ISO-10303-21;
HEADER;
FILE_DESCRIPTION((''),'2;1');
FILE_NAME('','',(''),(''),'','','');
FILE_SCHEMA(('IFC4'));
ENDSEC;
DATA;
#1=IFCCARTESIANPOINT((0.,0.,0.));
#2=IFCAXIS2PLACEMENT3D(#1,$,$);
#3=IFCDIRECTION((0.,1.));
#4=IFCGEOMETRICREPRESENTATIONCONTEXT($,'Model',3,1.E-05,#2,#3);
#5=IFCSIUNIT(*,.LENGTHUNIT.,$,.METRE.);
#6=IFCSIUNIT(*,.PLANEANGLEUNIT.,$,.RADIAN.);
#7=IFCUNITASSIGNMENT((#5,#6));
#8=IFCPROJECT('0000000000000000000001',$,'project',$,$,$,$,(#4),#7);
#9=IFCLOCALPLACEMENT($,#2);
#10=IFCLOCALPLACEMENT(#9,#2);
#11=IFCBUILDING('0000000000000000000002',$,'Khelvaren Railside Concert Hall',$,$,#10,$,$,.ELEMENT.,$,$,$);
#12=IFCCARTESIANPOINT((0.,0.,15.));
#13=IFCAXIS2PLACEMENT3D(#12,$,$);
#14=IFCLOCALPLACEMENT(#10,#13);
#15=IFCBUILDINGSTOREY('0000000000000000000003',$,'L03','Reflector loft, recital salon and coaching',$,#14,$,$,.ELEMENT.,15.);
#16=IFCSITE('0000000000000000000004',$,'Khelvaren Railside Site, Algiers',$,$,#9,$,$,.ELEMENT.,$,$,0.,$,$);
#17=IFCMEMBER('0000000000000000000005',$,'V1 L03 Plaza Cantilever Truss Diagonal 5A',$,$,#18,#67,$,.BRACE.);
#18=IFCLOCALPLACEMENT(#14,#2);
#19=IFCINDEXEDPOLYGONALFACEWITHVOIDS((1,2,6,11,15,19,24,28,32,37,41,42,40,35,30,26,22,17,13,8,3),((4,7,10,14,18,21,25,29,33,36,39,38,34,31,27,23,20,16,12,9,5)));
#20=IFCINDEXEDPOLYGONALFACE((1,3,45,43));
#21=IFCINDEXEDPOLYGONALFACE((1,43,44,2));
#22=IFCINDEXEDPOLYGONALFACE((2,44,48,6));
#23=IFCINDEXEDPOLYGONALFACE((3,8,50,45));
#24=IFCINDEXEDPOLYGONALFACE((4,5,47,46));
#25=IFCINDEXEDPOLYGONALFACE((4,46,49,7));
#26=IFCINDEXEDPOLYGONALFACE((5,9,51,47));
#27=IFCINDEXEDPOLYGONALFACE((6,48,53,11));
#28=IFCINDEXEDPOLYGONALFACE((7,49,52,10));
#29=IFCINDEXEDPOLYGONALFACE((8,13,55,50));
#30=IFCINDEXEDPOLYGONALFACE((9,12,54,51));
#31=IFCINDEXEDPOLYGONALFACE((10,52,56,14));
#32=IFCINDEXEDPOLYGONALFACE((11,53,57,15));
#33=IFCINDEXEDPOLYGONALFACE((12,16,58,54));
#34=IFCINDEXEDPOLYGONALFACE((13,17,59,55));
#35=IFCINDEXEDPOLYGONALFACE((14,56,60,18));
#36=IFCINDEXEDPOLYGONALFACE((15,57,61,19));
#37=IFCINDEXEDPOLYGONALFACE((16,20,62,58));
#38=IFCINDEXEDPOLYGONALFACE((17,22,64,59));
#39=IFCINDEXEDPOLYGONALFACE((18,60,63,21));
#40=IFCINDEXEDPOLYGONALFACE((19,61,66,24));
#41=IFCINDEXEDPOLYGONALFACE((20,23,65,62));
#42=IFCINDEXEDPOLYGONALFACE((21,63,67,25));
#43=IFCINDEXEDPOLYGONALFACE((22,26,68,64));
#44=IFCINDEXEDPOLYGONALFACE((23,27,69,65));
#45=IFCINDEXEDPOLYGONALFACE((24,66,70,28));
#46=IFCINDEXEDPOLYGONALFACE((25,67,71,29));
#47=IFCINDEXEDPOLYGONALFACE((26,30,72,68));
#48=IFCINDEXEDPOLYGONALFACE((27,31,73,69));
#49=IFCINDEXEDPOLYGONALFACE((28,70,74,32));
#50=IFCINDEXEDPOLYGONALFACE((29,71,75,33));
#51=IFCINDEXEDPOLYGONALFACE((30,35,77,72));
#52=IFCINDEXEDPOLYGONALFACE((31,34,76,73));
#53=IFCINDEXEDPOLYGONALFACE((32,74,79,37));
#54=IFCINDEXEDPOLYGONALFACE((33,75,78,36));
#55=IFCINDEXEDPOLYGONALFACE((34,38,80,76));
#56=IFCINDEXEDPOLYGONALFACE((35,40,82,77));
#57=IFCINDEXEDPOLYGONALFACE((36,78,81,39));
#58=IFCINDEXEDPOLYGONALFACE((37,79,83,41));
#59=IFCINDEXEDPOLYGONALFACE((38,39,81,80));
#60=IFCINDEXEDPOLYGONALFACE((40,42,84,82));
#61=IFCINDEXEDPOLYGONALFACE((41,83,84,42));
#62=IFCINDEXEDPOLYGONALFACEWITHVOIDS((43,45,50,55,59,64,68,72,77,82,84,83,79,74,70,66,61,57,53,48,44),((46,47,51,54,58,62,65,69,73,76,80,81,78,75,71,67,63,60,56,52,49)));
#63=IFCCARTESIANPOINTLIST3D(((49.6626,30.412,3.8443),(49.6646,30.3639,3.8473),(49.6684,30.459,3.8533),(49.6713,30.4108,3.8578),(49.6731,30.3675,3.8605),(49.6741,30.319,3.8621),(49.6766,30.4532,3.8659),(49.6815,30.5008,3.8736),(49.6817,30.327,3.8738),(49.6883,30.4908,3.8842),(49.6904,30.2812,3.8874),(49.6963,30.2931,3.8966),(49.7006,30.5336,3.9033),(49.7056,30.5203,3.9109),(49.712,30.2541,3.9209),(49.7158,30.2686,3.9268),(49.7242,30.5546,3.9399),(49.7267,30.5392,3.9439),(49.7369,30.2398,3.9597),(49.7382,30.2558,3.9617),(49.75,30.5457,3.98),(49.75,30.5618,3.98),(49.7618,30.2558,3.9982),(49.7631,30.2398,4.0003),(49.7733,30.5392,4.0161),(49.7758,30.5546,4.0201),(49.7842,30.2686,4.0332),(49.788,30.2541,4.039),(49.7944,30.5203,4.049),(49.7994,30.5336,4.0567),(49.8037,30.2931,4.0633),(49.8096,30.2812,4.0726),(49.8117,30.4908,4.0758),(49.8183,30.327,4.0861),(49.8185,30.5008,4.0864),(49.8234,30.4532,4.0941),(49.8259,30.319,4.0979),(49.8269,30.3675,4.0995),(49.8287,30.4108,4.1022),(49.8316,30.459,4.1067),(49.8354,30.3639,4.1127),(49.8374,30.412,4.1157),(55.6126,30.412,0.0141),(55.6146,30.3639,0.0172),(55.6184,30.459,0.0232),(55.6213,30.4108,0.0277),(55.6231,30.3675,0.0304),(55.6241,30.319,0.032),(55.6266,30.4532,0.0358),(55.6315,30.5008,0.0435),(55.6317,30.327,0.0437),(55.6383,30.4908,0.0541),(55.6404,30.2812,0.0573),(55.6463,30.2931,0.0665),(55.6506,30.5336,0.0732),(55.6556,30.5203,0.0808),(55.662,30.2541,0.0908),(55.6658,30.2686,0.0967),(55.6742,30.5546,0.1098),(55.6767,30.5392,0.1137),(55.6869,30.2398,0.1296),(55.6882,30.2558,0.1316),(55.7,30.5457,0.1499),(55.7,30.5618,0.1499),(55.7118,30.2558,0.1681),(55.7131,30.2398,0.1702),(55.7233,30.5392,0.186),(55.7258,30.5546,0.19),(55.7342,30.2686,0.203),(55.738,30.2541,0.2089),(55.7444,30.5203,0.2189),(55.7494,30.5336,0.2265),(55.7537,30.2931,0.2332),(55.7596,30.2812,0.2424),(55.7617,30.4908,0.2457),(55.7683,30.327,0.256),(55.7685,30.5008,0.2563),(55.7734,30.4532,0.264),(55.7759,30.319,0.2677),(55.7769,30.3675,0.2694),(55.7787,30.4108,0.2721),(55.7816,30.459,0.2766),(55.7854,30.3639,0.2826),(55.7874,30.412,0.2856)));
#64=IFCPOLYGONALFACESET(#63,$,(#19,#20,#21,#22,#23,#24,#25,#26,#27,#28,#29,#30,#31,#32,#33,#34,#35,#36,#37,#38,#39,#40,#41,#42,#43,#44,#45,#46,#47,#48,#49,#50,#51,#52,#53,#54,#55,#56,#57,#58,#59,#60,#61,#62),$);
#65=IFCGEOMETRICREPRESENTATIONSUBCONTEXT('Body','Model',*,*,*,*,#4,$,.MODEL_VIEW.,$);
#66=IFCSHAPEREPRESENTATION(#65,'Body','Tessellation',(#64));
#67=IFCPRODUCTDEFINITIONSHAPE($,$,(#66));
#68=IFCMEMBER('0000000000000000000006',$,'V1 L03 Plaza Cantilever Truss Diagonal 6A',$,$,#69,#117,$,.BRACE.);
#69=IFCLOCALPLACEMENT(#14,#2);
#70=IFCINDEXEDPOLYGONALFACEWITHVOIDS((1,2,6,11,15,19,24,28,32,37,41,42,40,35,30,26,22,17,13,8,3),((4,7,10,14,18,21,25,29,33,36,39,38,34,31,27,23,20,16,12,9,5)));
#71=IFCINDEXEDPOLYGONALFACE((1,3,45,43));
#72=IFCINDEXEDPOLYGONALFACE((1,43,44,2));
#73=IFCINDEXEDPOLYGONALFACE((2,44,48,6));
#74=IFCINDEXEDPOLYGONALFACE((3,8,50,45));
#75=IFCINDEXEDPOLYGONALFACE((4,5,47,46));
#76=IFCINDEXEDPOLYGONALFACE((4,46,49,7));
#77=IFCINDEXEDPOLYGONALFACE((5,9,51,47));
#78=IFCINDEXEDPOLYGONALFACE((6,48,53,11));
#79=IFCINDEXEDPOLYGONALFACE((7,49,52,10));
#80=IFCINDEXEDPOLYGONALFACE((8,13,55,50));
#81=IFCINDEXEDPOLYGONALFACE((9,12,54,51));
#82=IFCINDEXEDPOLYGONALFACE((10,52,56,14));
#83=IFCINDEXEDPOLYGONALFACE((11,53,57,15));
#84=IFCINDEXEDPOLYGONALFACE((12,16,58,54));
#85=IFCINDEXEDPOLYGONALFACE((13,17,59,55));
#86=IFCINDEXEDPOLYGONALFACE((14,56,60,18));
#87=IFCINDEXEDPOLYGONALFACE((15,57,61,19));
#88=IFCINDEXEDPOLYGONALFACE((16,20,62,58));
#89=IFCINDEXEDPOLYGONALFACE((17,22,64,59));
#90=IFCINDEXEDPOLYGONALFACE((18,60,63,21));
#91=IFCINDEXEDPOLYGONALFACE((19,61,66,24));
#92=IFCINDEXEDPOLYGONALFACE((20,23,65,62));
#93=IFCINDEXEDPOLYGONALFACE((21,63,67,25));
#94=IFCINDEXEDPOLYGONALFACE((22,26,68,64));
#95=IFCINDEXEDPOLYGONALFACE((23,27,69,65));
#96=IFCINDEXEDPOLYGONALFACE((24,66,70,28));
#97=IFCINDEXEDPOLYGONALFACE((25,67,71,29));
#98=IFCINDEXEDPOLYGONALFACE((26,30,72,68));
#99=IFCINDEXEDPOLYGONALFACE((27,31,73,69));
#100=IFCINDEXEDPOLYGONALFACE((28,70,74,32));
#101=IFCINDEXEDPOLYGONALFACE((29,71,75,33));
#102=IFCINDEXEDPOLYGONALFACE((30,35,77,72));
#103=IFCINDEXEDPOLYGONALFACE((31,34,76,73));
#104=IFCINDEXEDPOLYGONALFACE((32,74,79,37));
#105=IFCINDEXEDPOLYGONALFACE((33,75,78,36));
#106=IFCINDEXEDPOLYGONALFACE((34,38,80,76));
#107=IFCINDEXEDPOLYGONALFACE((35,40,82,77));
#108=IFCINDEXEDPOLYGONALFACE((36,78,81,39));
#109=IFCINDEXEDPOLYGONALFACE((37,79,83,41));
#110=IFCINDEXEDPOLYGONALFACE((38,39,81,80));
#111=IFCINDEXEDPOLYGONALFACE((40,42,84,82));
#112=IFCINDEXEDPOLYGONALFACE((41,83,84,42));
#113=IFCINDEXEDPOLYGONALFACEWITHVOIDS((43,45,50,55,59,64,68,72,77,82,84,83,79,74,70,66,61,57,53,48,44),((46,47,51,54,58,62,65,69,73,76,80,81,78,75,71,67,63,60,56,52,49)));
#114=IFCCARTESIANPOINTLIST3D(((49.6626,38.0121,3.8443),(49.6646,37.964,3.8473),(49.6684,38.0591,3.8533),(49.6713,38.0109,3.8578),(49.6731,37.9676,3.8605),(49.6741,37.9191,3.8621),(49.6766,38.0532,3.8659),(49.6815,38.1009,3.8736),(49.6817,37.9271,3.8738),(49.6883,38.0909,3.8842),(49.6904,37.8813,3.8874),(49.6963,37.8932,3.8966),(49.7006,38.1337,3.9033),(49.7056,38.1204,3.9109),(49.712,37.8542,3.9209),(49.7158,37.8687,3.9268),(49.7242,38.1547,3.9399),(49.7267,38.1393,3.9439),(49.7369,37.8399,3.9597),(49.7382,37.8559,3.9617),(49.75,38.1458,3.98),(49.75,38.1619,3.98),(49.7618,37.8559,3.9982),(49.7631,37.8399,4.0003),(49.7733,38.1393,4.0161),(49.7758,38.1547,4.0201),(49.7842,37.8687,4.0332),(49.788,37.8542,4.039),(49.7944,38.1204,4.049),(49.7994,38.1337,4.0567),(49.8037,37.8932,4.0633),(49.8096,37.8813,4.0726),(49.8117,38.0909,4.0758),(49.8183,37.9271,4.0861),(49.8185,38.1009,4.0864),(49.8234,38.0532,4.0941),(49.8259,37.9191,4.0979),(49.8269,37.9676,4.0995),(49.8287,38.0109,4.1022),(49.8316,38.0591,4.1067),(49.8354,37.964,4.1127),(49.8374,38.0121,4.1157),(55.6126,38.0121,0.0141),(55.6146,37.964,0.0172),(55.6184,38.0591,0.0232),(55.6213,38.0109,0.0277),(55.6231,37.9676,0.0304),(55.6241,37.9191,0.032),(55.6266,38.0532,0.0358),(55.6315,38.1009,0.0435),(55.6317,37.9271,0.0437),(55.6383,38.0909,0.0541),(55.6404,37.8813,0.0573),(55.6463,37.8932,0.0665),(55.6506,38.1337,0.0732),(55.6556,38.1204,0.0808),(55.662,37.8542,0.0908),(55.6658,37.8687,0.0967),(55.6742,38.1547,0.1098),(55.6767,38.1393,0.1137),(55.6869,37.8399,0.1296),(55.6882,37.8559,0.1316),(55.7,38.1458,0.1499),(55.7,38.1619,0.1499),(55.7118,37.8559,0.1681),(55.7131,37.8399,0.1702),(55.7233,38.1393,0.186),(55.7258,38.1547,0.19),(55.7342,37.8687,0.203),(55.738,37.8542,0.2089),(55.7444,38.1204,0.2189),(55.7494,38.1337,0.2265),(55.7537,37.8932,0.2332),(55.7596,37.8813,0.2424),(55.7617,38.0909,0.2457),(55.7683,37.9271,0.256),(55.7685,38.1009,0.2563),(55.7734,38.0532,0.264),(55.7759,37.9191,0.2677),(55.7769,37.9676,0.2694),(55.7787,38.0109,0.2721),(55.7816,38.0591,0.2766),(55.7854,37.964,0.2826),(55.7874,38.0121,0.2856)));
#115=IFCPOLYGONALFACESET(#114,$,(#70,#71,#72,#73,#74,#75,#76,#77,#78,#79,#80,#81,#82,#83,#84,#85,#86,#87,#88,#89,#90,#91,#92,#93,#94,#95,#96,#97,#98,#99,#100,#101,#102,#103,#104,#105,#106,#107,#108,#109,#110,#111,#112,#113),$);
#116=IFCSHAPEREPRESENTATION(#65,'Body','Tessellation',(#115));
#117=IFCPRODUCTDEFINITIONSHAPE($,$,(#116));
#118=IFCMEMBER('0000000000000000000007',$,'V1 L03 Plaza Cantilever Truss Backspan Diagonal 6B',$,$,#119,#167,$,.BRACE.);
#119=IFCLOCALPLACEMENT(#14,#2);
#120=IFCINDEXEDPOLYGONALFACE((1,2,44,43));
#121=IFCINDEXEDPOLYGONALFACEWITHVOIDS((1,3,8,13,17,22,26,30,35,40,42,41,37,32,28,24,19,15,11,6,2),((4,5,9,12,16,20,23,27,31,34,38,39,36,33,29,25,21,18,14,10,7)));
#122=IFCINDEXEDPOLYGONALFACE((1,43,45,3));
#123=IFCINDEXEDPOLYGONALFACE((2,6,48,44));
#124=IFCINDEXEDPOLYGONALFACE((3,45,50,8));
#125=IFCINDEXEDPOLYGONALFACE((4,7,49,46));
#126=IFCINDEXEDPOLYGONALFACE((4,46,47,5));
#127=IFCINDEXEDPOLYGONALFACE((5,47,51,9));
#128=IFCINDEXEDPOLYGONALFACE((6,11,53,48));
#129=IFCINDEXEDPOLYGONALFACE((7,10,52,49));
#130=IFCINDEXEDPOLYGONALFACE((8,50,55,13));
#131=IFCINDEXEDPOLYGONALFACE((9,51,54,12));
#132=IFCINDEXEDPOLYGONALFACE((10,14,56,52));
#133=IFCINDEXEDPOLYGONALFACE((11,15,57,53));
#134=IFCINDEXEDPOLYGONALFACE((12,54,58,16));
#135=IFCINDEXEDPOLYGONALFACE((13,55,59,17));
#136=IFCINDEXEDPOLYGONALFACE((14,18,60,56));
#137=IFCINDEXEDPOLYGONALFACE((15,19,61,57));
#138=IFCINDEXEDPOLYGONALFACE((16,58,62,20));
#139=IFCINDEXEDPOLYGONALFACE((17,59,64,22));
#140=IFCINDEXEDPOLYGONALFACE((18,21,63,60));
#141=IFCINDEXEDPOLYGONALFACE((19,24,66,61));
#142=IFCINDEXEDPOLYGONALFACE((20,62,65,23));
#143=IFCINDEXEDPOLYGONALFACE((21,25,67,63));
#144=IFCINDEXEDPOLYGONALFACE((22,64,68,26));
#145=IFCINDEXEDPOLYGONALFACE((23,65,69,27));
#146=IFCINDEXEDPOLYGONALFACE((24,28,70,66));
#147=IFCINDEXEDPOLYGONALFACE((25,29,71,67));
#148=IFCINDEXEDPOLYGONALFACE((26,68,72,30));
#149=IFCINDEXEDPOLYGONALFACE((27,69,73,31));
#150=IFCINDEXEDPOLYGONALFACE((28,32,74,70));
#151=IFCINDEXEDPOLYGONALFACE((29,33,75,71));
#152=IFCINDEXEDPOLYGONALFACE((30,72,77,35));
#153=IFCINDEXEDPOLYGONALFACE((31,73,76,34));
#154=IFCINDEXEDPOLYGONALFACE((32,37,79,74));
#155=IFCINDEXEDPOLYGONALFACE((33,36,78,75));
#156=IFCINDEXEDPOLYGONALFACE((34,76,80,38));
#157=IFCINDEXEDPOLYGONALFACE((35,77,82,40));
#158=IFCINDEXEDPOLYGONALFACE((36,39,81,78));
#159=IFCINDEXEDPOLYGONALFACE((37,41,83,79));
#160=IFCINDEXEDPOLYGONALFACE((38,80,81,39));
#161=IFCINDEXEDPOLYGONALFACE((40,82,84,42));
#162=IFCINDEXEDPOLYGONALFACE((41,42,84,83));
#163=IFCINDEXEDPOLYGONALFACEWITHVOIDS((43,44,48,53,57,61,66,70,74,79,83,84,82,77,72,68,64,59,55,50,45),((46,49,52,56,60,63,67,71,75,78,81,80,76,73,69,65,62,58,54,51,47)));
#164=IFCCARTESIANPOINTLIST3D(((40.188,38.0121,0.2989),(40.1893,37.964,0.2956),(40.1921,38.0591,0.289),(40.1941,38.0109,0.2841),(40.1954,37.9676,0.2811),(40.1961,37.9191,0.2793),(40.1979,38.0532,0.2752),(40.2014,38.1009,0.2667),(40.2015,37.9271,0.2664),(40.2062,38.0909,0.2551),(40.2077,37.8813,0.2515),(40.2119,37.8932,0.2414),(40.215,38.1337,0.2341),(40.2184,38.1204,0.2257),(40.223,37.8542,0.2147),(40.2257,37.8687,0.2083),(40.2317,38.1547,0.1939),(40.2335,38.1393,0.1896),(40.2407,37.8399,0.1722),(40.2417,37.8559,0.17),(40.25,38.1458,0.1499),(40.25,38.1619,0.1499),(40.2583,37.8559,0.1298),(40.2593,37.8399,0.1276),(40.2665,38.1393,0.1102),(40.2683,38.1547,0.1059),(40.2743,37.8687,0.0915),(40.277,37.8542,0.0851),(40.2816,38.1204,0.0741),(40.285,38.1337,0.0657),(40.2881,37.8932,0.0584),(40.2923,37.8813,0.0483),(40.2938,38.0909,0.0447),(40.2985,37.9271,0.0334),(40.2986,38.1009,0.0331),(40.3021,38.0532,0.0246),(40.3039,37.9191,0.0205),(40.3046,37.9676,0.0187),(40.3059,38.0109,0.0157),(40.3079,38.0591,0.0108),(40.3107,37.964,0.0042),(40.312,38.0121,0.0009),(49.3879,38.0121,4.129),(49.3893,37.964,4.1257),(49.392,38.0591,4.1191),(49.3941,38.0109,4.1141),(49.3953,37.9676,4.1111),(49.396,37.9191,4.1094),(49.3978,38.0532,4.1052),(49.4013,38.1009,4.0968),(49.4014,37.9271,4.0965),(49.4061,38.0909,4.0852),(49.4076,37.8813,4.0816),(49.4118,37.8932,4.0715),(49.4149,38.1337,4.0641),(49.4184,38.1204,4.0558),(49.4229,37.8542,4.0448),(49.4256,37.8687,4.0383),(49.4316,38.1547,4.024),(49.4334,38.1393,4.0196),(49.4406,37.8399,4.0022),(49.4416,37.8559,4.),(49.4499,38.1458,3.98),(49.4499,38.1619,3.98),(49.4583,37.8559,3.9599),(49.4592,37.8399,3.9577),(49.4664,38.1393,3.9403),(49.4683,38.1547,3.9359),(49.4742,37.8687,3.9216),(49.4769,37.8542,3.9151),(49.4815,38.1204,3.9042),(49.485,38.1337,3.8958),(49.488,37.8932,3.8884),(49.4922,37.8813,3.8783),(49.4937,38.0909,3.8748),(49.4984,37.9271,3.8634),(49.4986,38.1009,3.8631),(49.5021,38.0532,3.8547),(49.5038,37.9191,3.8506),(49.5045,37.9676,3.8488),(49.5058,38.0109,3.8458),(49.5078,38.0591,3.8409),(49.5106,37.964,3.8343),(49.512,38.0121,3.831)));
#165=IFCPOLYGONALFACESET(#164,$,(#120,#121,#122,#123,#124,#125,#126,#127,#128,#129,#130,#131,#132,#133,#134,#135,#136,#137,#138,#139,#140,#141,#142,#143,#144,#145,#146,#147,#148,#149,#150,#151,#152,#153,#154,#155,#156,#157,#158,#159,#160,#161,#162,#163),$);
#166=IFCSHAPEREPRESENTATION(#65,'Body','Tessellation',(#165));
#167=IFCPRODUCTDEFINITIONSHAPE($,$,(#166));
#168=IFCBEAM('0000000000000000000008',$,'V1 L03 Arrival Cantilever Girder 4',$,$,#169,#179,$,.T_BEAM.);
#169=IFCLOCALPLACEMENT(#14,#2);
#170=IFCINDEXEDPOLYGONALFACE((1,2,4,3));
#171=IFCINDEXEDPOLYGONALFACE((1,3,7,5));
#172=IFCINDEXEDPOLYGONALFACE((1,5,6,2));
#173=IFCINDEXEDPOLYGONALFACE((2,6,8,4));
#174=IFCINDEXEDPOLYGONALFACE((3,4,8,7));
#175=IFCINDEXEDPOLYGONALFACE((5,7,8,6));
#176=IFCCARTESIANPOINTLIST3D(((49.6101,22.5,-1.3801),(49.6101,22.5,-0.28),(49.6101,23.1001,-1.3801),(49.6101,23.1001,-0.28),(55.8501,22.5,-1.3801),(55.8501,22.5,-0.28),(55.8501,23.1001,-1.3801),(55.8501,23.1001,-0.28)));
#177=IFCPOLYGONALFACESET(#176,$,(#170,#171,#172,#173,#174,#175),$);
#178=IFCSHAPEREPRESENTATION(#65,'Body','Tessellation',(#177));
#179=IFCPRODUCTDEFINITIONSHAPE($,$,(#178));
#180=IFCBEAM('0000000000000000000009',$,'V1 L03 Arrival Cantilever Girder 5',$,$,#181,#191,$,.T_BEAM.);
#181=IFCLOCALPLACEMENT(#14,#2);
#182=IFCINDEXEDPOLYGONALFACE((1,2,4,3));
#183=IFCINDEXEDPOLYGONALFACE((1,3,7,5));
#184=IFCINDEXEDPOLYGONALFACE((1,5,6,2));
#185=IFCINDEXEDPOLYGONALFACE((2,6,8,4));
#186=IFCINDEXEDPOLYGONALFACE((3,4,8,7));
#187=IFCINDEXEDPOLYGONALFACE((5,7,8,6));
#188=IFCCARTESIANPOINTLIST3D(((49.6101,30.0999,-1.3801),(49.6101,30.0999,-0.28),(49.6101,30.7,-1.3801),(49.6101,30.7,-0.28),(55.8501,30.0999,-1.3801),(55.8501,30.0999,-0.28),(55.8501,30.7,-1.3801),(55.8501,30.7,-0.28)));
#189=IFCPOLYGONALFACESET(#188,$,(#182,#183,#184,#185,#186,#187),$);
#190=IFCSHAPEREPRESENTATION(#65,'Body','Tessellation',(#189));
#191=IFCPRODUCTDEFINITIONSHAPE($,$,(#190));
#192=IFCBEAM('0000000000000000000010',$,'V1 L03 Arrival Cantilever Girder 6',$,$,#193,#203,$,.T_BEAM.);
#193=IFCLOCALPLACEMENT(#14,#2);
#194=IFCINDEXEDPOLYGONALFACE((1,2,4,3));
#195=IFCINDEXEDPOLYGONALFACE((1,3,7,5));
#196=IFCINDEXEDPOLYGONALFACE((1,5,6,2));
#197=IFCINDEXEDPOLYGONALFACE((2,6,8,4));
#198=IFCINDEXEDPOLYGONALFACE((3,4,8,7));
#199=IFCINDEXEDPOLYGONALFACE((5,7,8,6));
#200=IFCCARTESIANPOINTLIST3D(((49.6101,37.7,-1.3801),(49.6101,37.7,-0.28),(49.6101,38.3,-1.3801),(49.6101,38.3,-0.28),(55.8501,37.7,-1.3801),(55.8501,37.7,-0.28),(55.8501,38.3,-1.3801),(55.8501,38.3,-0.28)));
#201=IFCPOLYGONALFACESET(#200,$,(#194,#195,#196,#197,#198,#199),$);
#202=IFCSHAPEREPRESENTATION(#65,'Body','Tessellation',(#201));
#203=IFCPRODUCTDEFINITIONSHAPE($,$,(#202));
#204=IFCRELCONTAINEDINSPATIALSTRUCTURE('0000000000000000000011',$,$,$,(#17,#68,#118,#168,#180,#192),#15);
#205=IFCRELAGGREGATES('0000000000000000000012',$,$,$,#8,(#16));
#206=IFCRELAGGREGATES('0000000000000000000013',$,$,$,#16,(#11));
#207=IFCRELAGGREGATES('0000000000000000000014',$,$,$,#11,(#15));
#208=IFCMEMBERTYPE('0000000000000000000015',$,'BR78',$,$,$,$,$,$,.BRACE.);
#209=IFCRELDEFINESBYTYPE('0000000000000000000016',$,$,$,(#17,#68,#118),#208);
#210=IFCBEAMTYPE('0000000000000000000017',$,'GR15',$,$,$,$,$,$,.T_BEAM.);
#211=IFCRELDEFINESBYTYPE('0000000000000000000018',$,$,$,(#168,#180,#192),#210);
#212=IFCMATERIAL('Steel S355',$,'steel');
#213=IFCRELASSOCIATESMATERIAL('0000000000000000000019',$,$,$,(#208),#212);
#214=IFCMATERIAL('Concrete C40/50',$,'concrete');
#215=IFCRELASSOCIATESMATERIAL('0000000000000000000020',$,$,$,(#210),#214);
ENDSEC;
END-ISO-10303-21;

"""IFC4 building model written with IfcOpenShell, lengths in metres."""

from ifc_helpers import new_model, si_unit, direction, frame, origin, origin_2d, place, context, subcontext, project, spatial, rectangle, hollow_circle, extrude, material, material_profile, profile_set, type_object, element, save


model = new_model("IFC4")

# Units and contexts
model_context = context("Model", 3, precision=1e-05, world=origin(), true_north=direction((0.0, 1.0)))
body_context = subcontext(model_context, "Body", "Model", "MODEL_VIEW")
ifc_project = project(units=[si_unit("LENGTHUNIT", "METRE"), si_unit("PLANEANGLEUNIT", "RADIAN")], contexts=[model_context])

# Site, building, storey
site_placement = place(None, origin())
site = spatial("IfcSite", under=ifc_project, at=site_placement, Name="Khelvaren Railside Site, Algiers", CompositionType="ELEMENT", RefElevation=0.0)
building_placement = place(site_placement, origin())
building = spatial("IfcBuilding", under=site, at=building_placement, Name="Khelvaren Railside Concert Hall", CompositionType="ELEMENT")
storey_placement = place(building_placement, frame((0.0, 0.0, 15.0)))
storey = spatial("IfcBuildingStorey", under=building, at=storey_placement, Name="L03", Description="Reflector loft, recital salon and coaching", CompositionType="ELEMENT", Elevation=15.0)

# Shared definitions
ifc_material_1 = material(Name="Steel S355", Category="steel")

# Members
ifc_material_profile_1 = material_profile(ifc_material_1, hollow_circle(Radius=0.1619, WallThickness=0.0161, at=origin_2d()), Name="CHS 323.9x16")
ifc_profile_set_1 = profile_set([ifc_material_profile_1], Name="Steel S355")
member_type = type_object("IfcMemberType", Name="BR78", PredefinedType="BRACE", material=ifc_profile_set_1)
for number, where, z_axis, x_axis, name in (
    (1, (49.75, 30.3999, 3.98), (0.84085, 0.0, -0.541268), (0.0, 1.0, 0.0), "V1 L03 Plaza Cantilever Truss Diagonal 5A"),
    (2, (49.75, 38.0, 3.98), (0.84085, 0.0, -0.541268), (0.0, 1.0, 0.0), "V1 L03 Plaza Cantilever Truss Diagonal 6A"),
):
    element("IfcMember", number, at=place(storey_placement, frame(where, z_axis=z_axis, x_axis=x_axis)), inside=storey, type_object=member_type, Name=name, PredefinedType="BRACE", context=body_context, shape_type="SweptSolid", body=[
        extrude(hollow_circle(Radius=0.1619, WallThickness=0.0161, at=origin_2d()), origin(), (0.0, 0.0, 1.0), 7.0762),
    ])
member_placement = place(storey_placement, frame((40.25, 38.0, 0.1499), z_axis=(0.923192, 0.0, 0.384339), x_axis=(0.0, 1.0, 0.0)))
element("IfcMember", 3, at=member_placement, inside=storey, type_object=member_type, Name="V1 L03 Plaza Cantilever Truss Backspan Diagonal 6B", PredefinedType="BRACE", context=body_context, shape_type="SweptSolid", body=[
    extrude(hollow_circle(Radius=0.1619, WallThickness=0.0161, at=origin_2d()), origin(), (0.0, 0.0, 1.0), 9.9653),
])

# Beams
ifc_material_2 = material(Name="Concrete C40/50", Category="concrete")
ifc_material_profile_2 = material_profile(ifc_material_2, rectangle(XDim=0.6001, YDim=1.1001, at=origin_2d()), Name="RCB 600x1100")
ifc_profile_set_2 = profile_set([ifc_material_profile_2], Name="Concrete C40/50")
beam_type_1 = type_object("IfcBeamType", Name="GR15", PredefinedType="T_BEAM", material=ifc_profile_set_2)
for number, where, z_axis, x_axis, name in (
    (4, (49.6101, 22.8, -0.8301), (1.0, 0.0, 0.0), (0.0, 1.0, 0.0), "V1 L03 Arrival Cantilever Girder 4"),
    (5, (49.6101, 30.3999, -0.8301), (1.0, 0.0, 0.0), (0.0, 1.0, 0.0), "V1 L03 Arrival Cantilever Girder 5"),
    (6, (49.6101, 38.0, -0.8301), (1.0, 0.0, 0.0), (0.0, 1.0, 0.0), "V1 L03 Arrival Cantilever Girder 6"),
):
    element("IfcBeam", number, at=place(storey_placement, frame(where, z_axis=z_axis, x_axis=x_axis)), inside=storey, type_object=beam_type_1, Name=name, PredefinedType="T_BEAM", context=body_context, shape_type="SweptSolid", body=[
        extrude(rectangle(XDim=0.6001, YDim=1.1001, at=origin_2d()), origin(), (0.0, 0.0, 1.0), 6.24),
    ])

save(model, "model.ifc")
